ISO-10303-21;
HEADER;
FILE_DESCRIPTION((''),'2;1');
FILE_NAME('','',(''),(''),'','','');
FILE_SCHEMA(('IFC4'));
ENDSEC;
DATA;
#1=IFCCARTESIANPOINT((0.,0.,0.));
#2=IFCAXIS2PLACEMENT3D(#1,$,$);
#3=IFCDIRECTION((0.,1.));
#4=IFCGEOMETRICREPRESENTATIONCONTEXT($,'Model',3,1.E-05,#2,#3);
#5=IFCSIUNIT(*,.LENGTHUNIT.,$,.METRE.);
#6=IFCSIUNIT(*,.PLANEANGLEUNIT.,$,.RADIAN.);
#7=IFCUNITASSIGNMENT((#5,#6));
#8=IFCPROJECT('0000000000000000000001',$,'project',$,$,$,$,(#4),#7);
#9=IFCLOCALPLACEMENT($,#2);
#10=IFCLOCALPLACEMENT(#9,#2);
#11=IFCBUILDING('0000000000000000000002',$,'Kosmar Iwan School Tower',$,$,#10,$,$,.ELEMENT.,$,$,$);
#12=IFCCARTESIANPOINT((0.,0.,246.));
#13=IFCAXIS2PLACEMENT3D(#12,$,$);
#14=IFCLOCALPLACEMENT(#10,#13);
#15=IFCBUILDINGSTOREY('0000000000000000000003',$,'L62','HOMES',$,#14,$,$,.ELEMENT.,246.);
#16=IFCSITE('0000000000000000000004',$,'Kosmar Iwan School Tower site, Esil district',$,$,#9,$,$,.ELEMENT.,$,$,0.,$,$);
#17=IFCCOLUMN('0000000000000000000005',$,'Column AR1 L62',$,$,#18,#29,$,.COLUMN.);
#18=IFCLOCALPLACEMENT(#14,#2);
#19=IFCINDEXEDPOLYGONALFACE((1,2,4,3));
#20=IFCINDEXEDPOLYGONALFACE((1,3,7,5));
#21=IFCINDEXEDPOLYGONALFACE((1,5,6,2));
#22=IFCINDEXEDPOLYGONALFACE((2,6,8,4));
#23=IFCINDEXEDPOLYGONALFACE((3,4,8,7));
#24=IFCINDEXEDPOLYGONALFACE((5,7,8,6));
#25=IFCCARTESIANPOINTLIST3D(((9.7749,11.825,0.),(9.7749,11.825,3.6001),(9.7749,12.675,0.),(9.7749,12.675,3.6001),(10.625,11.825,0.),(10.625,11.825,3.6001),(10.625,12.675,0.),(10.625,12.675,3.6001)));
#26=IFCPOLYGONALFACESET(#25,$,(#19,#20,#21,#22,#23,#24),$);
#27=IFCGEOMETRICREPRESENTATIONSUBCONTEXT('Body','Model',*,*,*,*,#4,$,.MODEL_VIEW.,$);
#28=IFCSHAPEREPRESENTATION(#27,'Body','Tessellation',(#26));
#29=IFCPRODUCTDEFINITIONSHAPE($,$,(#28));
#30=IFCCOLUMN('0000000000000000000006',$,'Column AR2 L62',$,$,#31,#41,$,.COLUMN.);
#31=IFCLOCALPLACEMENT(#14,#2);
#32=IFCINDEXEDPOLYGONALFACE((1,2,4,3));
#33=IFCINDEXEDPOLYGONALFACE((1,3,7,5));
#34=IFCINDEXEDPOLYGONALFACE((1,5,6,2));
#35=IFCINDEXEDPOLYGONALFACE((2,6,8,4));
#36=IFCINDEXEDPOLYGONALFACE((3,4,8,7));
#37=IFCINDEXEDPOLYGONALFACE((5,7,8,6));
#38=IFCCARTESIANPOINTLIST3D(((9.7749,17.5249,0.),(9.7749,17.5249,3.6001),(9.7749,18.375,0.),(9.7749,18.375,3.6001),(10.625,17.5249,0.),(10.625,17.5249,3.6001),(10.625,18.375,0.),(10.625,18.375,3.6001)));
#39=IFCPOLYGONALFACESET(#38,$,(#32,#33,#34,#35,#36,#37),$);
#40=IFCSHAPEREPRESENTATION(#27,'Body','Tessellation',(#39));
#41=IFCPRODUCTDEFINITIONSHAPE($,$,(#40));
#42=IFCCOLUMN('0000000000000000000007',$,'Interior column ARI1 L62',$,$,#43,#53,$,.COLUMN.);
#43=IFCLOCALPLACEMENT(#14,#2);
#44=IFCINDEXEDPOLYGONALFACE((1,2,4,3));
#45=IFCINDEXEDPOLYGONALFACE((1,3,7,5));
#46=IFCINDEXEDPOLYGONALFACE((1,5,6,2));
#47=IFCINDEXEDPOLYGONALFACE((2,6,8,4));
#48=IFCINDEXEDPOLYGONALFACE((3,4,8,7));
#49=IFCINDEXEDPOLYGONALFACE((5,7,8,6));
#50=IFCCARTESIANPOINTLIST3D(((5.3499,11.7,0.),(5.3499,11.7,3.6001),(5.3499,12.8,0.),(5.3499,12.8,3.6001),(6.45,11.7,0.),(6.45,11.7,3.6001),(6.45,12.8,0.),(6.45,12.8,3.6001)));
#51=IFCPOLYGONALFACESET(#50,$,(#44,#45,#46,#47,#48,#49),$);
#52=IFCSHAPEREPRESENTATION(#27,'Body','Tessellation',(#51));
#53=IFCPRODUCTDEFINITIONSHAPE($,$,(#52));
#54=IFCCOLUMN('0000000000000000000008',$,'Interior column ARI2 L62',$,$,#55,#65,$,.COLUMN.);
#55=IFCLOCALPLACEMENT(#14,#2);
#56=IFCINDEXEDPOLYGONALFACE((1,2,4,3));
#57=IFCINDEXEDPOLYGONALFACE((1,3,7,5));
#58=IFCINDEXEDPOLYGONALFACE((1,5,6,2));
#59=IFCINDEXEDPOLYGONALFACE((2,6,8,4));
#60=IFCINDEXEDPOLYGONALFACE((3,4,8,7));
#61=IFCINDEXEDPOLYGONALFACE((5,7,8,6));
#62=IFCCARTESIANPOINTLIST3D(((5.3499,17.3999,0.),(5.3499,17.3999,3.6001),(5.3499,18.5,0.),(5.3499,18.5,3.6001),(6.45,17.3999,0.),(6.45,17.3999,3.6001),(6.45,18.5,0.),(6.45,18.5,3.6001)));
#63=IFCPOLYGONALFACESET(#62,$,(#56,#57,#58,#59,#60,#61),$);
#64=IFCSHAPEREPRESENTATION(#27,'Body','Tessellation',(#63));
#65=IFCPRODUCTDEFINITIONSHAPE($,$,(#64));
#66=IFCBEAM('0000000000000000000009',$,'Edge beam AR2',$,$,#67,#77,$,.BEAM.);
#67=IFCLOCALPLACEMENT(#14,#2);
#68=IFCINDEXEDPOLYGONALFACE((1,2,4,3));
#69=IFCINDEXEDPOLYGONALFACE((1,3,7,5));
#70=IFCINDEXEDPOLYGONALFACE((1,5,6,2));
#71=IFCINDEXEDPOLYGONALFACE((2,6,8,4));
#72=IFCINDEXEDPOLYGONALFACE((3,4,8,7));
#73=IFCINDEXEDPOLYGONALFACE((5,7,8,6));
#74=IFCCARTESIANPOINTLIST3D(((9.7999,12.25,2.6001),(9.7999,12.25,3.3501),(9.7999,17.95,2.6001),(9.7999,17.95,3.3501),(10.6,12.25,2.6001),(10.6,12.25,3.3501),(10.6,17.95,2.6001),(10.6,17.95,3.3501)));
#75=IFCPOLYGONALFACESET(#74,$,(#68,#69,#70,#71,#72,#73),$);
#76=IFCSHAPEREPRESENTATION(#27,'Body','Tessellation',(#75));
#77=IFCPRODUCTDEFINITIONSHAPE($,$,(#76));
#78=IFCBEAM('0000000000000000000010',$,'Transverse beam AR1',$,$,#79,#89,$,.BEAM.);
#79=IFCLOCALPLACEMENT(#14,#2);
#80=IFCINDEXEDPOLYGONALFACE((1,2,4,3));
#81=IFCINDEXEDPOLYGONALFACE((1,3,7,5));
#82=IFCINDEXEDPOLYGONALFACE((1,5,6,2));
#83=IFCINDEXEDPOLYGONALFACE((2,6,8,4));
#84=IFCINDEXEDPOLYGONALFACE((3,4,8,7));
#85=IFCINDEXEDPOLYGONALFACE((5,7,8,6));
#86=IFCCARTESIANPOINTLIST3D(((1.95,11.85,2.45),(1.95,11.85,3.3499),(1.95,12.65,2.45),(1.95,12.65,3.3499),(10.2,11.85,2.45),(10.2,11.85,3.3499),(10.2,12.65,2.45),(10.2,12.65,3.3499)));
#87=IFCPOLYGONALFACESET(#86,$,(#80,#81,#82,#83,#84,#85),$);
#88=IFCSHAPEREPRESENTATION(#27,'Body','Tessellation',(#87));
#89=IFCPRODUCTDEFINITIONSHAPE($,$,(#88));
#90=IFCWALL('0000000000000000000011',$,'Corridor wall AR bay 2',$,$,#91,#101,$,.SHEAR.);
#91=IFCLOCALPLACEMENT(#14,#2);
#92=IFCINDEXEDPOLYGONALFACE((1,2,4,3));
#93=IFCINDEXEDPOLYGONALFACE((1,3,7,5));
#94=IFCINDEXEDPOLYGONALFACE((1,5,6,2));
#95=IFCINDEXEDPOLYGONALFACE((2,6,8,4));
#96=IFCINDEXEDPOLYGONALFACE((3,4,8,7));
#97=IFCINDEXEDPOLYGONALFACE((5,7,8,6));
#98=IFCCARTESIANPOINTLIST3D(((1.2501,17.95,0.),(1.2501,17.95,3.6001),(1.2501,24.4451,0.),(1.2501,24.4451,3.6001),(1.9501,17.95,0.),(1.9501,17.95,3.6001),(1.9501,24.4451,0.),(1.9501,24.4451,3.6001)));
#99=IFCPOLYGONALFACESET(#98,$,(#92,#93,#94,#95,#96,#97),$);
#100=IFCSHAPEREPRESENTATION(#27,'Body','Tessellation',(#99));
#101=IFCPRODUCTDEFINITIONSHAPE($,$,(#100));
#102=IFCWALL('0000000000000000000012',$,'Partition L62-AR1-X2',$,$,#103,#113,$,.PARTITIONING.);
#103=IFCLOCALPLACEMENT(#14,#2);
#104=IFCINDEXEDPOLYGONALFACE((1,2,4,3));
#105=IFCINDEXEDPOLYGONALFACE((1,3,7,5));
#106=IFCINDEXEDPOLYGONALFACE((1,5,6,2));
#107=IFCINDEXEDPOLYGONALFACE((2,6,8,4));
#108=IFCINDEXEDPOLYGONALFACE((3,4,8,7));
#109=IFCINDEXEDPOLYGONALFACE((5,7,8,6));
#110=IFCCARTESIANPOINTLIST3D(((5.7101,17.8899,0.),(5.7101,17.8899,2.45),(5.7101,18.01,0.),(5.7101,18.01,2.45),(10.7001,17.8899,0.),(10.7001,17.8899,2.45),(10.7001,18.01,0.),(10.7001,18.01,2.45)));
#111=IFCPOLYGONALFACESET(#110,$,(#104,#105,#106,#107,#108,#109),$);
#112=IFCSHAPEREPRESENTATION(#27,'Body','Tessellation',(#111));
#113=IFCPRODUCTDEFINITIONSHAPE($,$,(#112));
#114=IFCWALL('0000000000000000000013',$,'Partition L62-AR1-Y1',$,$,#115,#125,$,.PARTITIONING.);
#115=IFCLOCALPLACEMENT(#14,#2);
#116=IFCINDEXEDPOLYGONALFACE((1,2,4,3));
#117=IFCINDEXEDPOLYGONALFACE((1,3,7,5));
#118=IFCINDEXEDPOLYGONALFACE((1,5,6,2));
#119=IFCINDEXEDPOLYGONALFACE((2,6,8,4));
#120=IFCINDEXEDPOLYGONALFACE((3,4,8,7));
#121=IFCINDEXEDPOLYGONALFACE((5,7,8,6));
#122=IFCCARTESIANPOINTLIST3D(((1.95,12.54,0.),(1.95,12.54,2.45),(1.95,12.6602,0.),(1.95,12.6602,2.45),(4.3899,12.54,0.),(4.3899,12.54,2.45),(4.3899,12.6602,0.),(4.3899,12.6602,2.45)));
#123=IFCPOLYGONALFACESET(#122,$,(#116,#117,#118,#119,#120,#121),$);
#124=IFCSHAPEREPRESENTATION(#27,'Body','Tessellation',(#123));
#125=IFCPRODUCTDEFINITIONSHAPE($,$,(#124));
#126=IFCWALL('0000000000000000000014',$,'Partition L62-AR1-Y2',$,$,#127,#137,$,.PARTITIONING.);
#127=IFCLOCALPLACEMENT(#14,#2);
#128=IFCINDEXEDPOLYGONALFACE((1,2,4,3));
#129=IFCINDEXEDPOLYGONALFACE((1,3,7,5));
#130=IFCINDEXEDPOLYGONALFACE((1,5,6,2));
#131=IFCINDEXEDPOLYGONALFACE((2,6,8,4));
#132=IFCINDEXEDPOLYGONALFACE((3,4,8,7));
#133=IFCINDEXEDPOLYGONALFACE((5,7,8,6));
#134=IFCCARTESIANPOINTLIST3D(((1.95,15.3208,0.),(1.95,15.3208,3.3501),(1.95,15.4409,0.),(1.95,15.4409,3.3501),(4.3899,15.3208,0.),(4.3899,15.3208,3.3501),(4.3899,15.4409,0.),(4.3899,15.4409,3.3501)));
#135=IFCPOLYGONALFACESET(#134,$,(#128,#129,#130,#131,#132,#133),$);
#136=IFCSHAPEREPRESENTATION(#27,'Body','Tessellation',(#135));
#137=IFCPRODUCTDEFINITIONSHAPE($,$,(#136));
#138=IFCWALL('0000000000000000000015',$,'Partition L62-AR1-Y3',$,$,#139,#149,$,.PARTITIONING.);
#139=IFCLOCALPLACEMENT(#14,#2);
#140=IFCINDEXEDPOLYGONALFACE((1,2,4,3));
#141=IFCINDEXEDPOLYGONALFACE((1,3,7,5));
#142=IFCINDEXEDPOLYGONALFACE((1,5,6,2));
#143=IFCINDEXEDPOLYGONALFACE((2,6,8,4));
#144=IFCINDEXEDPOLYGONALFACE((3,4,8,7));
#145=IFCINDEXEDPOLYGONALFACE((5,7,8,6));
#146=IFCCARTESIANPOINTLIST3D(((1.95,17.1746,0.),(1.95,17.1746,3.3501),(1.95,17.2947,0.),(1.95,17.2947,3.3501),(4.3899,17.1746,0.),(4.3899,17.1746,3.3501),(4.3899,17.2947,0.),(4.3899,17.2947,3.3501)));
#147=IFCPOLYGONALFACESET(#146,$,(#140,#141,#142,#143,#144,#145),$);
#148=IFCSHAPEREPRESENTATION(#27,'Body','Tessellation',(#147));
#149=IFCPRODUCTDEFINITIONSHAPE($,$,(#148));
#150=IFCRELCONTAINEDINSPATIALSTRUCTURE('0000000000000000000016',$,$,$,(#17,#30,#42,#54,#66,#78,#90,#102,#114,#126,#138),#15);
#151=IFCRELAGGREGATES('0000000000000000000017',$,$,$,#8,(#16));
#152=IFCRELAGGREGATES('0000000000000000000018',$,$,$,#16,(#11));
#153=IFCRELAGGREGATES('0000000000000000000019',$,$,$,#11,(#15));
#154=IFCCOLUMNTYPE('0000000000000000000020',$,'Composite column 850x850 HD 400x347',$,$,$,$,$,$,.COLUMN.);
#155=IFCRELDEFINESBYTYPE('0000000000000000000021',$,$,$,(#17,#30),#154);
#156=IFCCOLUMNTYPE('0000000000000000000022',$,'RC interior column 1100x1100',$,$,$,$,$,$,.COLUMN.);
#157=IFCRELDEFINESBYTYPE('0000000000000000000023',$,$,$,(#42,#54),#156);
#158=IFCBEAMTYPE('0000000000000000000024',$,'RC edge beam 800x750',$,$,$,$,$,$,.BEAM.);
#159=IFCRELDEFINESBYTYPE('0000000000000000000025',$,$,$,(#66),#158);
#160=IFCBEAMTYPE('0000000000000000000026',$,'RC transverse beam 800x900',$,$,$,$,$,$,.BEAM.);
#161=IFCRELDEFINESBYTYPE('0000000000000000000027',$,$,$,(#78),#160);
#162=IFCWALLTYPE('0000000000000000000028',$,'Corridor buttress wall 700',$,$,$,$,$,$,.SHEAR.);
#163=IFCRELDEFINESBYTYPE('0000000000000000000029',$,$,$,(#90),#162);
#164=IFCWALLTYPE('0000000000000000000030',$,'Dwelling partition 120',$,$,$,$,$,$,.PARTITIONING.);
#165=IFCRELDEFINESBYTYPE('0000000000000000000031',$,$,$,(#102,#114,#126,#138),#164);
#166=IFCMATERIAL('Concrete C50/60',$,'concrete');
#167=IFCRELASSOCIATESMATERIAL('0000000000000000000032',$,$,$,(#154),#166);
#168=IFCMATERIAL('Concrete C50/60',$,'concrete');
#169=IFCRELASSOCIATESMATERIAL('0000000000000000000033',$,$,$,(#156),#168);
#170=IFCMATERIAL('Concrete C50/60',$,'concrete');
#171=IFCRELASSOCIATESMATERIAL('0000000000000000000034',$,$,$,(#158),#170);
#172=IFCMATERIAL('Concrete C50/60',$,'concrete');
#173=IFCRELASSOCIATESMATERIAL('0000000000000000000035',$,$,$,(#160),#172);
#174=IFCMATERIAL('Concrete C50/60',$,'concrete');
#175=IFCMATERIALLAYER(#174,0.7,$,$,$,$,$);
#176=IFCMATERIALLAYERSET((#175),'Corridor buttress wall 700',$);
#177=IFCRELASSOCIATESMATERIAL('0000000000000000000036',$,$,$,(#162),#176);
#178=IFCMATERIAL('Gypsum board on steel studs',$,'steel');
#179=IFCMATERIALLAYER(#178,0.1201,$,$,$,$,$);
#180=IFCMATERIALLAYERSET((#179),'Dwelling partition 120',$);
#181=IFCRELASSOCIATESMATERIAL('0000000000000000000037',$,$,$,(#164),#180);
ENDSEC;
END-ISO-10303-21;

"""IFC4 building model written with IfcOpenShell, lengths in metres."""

from ifc_helpers import new_model, si_unit, direction, frame, frame_2d, origin, origin_2d, place, context, subcontext, project, spatial, rectangle, extrude, material, layer, layer_set, material_profile, profile_set, type_object, element, save


model = new_model("IFC4")

# Units and contexts
model_context = context("Model", 3, precision=1e-05, world=origin(), true_north=direction((0.0, 1.0)))
body_context = subcontext(model_context, "Body", "Model", "MODEL_VIEW")
ifc_project = project(units=[si_unit("LENGTHUNIT", "METRE"), si_unit("PLANEANGLEUNIT", "RADIAN")], contexts=[model_context])

# Site, building, storey
site_placement = place(None, origin())
site = spatial("IfcSite", under=ifc_project, at=site_placement, Name="Kosmar Iwan School Tower site, Esil district", CompositionType="ELEMENT", RefElevation=0.0)
building_placement = place(site_placement, origin())
building = spatial("IfcBuilding", under=site, at=building_placement, Name="Kosmar Iwan School Tower", CompositionType="ELEMENT")
storey_placement = place(building_placement, frame((0.0, 0.0, 246.0)))
storey = spatial("IfcBuildingStorey", under=building, at=storey_placement, Name="L62", Description="HOMES", CompositionType="ELEMENT", Elevation=246.0)

# Columns
ifc_material_1 = material(Name="Concrete C50/60", Category="concrete")
ifc_material_profile_1 = material_profile(ifc_material_1, rectangle(XDim=0.8501, YDim=0.8501, at=origin_2d()), Name="RC 850x850 + HD 400x347")
ifc_profile_set_1 = profile_set([ifc_material_profile_1], Name="Concrete C50/60")
column_type_1 = type_object("IfcColumnType", Name="Composite column 850x850 HD 400x347", PredefinedType="COLUMN", material=ifc_profile_set_1)
for number, where, z_axis, x_axis, name in (
    (1, (10.2, 12.25, 0.0), (0.0, 0.0, 1.0), (0.0, 1.0, 0.0), "Column AR1 L62"),
    (2, (10.2, 17.95, 0.0), (0.0, 0.0, 1.0), (0.0, 1.0, 0.0), "Column AR2 L62"),
):
    element("IfcColumn", number, at=place(storey_placement, frame(where, z_axis=z_axis, x_axis=x_axis)), inside=storey, type_object=column_type_1, Name=name, PredefinedType="COLUMN", context=body_context, shape_type="SweptSolid", body=[
        extrude(rectangle(XDim=0.8501, YDim=0.8501, at=origin_2d()), origin(), (0.0, 0.0, 1.0), 3.6001),
    ])
ifc_material_2 = material(Name="Concrete C50/60", Category="concrete")
ifc_material_profile_2 = material_profile(ifc_material_2, rectangle(XDim=1.1001, YDim=1.1001, at=origin_2d()), Name="RC 1100x1100")
ifc_profile_set_2 = profile_set([ifc_material_profile_2], Name="Concrete C50/60")
column_type_2 = type_object("IfcColumnType", Name="RC interior column 1100x1100", PredefinedType="COLUMN", material=ifc_profile_set_2)
for number, where, z_axis, x_axis, name in (
    (3, (5.8999, 12.25, 0.0), (0.0, 0.0, 1.0), (0.0, 1.0, 0.0), "Interior column ARI1 L62"),
    (4, (5.8999, 17.95, 0.0), (0.0, 0.0, 1.0), (0.0, 1.0, 0.0), "Interior column ARI2 L62"),
):
    element("IfcColumn", number, at=place(storey_placement, frame(where, z_axis=z_axis, x_axis=x_axis)), inside=storey, type_object=column_type_2, Name=name, PredefinedType="COLUMN", context=body_context, shape_type="SweptSolid", body=[
        extrude(rectangle(XDim=1.1001, YDim=1.1001, at=origin_2d()), origin(), (0.0, 0.0, 1.0), 3.6001),
    ])

# Beams
ifc_material_3 = material(Name="Concrete C50/60", Category="concrete")
ifc_material_profile_3 = material_profile(ifc_material_3, rectangle(XDim=0.8, YDim=0.75, at=origin_2d()), Name="RC 800x750")
ifc_profile_set_3 = profile_set([ifc_material_profile_3], Name="Concrete C50/60")
beam_type_1 = type_object("IfcBeamType", Name="RC edge beam 800x750", PredefinedType="BEAM", material=ifc_profile_set_3)
beam_1_placement = place(storey_placement, frame((10.2, 12.25, 2.9751), z_axis=(0.0, 1.0, 0.0), x_axis=(-1.0, 0.0, 0.0)))
element("IfcBeam", 5, at=beam_1_placement, inside=storey, type_object=beam_type_1, Name="Edge beam AR2", PredefinedType="BEAM", context=body_context, shape_type="SweptSolid", body=[
    extrude(rectangle(XDim=0.8, YDim=0.75, at=origin_2d()), origin(), (0.0, 0.0, 1.0), 5.7),
])
ifc_material_4 = material(Name="Concrete C50/60", Category="concrete")
ifc_material_profile_4 = material_profile(ifc_material_4, rectangle(XDim=0.8, YDim=0.8999, at=origin_2d()), Name="RC 800x900")
ifc_profile_set_4 = profile_set([ifc_material_profile_4], Name="Concrete C50/60")
beam_type_2 = type_object("IfcBeamType", Name="RC transverse beam 800x900", PredefinedType="BEAM", material=ifc_profile_set_4)
beam_2_placement = place(storey_placement, frame((10.2, 12.25, 2.8999), z_axis=(-1.0, 0.0, 0.0), x_axis=(0.0, -1.0, 0.0)))
element("IfcBeam", 6, at=beam_2_placement, inside=storey, type_object=beam_type_2, Name="Transverse beam AR1", PredefinedType="BEAM", context=body_context, shape_type="SweptSolid", body=[
    extrude(rectangle(XDim=0.8, YDim=0.8999, at=origin_2d()), origin(), (0.0, 0.0, 1.0), 8.25),
])

# Walls
ifc_material_5 = material(Name="Concrete C50/60", Category="concrete")
ifc_layer_1 = layer(ifc_material_5, 0.7)
ifc_layer_set_1 = layer_set([ifc_layer_1], Name="Corridor buttress wall 700")
wall_type_1 = type_object("IfcWallType", Name="Corridor buttress wall 700", PredefinedType="SHEAR", material=ifc_layer_set_1)
wall_1_placement = place(storey_placement, frame((1.6001, 17.95, 0.0), z_axis=(0.0, 0.0, 1.0), x_axis=(0.0, 1.0, 0.0)))
element("IfcWall", 7, at=wall_1_placement, inside=storey, type_object=wall_type_1, Name="Corridor wall AR bay 2", PredefinedType="SHEAR", context=body_context, shape_type="SweptSolid", body=[
    extrude(rectangle(XDim=6.4951, YDim=0.7, at=frame_2d((3.2476, 0.0))), origin(), (0.0, 0.0, 1.0), 3.6001),
])
ifc_material_6 = material(Name="Gypsum board on steel studs", Category="steel")
ifc_layer_2 = layer(ifc_material_6, 0.1201)
ifc_layer_set_2 = layer_set([ifc_layer_2], Name="Dwelling partition 120")
wall_type_2 = type_object("IfcWallType", Name="Dwelling partition 120", PredefinedType="PARTITIONING", material=ifc_layer_set_2)
wall_2_placement = place(storey_placement, frame((5.71, 17.95, 0.0), z_axis=(0.0, 0.0, 1.0), x_axis=(1.0, 0.0, 0.0)))
element("IfcWall", 8, at=wall_2_placement, inside=storey, type_object=wall_type_2, Name="Partition L62-AR1-X2", PredefinedType="PARTITIONING", context=body_context, shape_type="SweptSolid", body=[
    extrude(rectangle(XDim=4.99, YDim=0.1201, at=frame_2d((2.4951, 0.0))), origin(), (0.0, 0.0, 1.0), 2.45),
])
wall_3_placement = place(storey_placement, frame((1.95, 12.6001, 0.0), z_axis=(0.0, 0.0, 1.0), x_axis=(1.0, 0.0, 0.0)))
element("IfcWall", 9, at=wall_3_placement, inside=storey, type_object=wall_type_2, Name="Partition L62-AR1-Y1", PredefinedType="PARTITIONING", context=body_context, shape_type="SweptSolid", body=[
    extrude(rectangle(XDim=2.4399, YDim=0.1201, at=frame_2d((1.22, 0.0))), origin(), (0.0, 0.0, 1.0), 2.45),
])
for number, where, z_axis, x_axis, name in (
    (10, (1.95, 15.3809, 0.0), (0.0, 0.0, 1.0), (1.0, 0.0, 0.0), "Partition L62-AR1-Y2"),
    (11, (1.95, 17.2346, 0.0), (0.0, 0.0, 1.0), (1.0, 0.0, 0.0), "Partition L62-AR1-Y3"),
):
    element("IfcWall", number, at=place(storey_placement, frame(where, z_axis=z_axis, x_axis=x_axis)), inside=storey, type_object=wall_type_2, Name=name, PredefinedType="PARTITIONING", context=body_context, shape_type="SweptSolid", body=[
        extrude(rectangle(XDim=2.4399, YDim=0.1201, at=frame_2d((1.22, 0.0))), origin(), (0.0, 0.0, 1.0), 3.3501),
    ])

save(model, "model.ifc")
